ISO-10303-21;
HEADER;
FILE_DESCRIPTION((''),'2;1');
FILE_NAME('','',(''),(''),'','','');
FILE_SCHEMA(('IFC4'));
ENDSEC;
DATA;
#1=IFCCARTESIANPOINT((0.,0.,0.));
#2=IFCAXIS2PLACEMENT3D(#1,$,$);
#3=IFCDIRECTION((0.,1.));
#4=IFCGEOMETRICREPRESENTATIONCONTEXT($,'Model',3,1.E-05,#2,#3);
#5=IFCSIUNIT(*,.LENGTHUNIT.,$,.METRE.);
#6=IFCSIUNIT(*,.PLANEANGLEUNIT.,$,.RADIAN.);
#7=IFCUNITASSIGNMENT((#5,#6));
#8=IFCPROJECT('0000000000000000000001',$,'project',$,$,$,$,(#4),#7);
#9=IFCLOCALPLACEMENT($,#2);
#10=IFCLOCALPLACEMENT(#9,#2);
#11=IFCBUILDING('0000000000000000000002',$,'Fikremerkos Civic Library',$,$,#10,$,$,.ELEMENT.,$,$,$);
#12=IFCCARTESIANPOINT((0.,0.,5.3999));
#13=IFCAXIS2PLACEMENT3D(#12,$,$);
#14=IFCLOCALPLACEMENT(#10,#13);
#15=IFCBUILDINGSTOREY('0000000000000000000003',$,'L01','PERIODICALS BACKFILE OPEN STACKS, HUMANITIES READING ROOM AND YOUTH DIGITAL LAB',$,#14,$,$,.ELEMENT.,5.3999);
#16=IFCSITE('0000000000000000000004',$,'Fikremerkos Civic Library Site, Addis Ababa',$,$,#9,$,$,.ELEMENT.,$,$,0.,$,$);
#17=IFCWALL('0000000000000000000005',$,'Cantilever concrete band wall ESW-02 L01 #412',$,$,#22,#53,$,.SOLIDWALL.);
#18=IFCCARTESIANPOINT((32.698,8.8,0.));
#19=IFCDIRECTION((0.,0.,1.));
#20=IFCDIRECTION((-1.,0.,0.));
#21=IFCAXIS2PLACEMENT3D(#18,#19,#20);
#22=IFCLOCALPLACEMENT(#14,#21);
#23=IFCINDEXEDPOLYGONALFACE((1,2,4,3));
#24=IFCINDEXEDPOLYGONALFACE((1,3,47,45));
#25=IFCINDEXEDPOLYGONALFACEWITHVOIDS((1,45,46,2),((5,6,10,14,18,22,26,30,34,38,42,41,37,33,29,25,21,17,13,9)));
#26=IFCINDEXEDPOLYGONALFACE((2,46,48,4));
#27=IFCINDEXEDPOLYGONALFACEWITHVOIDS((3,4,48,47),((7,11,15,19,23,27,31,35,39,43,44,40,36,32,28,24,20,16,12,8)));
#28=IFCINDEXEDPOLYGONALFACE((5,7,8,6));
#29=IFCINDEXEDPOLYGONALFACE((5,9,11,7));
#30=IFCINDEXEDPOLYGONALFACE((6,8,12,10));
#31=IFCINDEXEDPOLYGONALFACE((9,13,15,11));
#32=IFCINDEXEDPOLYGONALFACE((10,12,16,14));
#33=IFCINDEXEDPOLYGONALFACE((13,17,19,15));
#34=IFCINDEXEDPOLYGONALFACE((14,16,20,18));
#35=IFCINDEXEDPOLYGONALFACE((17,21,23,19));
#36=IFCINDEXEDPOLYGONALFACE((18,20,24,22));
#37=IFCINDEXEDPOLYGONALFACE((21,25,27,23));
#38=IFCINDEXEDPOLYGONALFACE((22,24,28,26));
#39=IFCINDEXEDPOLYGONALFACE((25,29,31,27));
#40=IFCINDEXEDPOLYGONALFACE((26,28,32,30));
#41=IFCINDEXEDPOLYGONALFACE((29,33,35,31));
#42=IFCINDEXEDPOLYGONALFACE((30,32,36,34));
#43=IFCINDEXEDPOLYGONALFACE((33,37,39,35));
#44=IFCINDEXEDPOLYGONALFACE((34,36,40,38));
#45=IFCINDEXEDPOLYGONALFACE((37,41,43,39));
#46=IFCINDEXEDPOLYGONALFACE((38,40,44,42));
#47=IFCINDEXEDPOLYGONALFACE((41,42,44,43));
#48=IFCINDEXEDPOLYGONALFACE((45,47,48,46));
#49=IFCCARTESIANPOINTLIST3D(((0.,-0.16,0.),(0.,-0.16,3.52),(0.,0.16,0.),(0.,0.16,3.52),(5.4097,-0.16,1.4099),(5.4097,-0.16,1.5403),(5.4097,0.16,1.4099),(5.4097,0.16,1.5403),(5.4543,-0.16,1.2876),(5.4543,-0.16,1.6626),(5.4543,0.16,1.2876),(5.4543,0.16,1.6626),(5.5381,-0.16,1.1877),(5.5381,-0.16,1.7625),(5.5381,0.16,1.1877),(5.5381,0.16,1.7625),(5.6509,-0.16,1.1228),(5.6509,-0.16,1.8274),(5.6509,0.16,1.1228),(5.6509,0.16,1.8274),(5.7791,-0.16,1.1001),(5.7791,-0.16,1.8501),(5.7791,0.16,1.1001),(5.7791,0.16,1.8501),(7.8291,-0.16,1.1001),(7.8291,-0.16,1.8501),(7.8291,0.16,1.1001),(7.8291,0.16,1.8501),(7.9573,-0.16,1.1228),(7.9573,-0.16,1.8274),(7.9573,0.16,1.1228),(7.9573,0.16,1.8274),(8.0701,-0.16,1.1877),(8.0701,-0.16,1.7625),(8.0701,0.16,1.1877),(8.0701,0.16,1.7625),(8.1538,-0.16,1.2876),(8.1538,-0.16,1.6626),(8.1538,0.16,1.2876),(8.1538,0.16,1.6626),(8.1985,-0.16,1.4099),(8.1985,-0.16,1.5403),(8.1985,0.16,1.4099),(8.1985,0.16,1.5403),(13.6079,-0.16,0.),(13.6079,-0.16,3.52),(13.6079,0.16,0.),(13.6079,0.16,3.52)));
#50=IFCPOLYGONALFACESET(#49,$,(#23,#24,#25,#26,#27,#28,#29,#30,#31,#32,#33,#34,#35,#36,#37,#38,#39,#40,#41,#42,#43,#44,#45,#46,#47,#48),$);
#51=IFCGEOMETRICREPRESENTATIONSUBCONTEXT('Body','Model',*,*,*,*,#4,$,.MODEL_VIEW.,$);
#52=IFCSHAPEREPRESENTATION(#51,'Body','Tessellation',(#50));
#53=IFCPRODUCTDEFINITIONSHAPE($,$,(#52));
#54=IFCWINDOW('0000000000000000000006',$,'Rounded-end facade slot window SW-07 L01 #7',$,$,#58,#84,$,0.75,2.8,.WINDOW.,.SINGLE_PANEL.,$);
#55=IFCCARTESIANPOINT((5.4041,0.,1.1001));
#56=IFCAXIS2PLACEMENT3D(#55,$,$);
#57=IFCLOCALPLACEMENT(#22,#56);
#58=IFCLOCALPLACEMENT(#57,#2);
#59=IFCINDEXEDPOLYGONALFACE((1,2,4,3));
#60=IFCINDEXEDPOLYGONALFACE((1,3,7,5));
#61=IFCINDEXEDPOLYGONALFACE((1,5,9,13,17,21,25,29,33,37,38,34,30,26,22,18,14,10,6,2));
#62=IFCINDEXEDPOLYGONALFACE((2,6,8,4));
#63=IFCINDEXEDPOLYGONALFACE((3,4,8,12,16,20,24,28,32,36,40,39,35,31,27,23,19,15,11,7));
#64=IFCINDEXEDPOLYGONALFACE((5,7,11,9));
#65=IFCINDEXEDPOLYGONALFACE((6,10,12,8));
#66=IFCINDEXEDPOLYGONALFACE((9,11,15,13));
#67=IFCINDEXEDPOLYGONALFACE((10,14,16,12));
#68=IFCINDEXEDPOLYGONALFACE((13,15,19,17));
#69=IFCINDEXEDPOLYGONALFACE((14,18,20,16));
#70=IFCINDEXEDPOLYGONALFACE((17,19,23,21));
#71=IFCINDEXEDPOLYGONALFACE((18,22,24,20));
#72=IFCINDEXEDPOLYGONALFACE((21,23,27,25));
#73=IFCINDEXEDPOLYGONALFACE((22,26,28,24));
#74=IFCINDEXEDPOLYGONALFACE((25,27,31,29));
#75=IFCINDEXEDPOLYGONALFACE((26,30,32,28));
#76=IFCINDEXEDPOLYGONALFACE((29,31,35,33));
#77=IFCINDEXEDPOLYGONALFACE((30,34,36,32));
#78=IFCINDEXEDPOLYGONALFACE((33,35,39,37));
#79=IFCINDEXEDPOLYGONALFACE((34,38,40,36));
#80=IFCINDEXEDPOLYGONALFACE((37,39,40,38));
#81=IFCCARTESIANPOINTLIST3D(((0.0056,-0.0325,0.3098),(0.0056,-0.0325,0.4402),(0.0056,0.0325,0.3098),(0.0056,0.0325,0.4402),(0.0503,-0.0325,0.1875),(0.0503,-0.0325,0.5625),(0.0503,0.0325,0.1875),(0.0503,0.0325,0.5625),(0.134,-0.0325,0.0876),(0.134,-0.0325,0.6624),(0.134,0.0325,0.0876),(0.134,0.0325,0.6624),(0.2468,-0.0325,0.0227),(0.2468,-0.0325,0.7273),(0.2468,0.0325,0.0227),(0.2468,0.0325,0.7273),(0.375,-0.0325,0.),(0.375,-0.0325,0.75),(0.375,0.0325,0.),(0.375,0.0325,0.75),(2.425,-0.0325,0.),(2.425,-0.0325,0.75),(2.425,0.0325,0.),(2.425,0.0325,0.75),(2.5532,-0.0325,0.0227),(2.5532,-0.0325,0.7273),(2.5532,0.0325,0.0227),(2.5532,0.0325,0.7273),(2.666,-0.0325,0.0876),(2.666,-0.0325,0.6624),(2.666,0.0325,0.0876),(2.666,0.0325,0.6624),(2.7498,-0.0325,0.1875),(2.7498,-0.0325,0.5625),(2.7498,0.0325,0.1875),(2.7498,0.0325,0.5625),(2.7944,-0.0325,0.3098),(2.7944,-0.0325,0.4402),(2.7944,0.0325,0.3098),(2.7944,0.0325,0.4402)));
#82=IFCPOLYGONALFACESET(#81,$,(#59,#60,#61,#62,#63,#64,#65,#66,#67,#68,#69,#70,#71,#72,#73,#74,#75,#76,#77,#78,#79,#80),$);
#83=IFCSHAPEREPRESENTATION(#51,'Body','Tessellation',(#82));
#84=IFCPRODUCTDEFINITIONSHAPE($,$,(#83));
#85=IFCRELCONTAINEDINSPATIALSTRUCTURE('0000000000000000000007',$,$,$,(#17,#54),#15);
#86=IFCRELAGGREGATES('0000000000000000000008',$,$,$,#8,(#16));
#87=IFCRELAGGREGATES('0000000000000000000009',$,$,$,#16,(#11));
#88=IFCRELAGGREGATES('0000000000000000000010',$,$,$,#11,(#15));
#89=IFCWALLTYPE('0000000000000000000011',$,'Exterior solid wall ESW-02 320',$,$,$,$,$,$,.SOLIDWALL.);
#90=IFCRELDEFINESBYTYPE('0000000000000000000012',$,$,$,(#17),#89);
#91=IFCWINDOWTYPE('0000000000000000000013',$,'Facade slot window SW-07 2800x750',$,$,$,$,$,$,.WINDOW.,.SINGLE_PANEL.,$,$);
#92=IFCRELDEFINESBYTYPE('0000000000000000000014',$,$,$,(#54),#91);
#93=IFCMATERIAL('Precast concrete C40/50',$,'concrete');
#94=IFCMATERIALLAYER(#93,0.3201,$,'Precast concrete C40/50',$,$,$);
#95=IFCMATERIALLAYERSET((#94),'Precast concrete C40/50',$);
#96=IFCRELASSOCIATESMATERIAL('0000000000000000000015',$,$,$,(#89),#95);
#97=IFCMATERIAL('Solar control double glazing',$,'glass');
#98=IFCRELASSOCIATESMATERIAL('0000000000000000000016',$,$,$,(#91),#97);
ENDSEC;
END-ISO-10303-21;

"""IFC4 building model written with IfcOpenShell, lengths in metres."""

from ifc_helpers import new_model, si_unit, direction, frame, frame_2d, origin, place, context, subcontext, project, spatial, polyline, rectangle, outline, extrude, material, layer, layer_set, type_object, element, fill, save


model = new_model("IFC4")

# Units and contexts
model_context = context("Model", 3, precision=1e-05, world=origin(), true_north=direction((0.0, 1.0)))
body_context = subcontext(model_context, "Body", "Model", "MODEL_VIEW")
ifc_project = project(units=[si_unit("LENGTHUNIT", "METRE"), si_unit("PLANEANGLEUNIT", "RADIAN")], contexts=[model_context])

# Site, building, storey
site_placement = place(None, origin())
site = spatial("IfcSite", under=ifc_project, at=site_placement, Name="Fikremerkos Civic Library Site, Addis Ababa", CompositionType="ELEMENT", RefElevation=0.0)
building_placement = place(site_placement, origin())
building = spatial("IfcBuilding", under=site, at=building_placement, Name="Fikremerkos Civic Library", CompositionType="ELEMENT")
storey_placement = place(building_placement, frame((0.0, 0.0, 5.3999)))
storey = spatial("IfcBuildingStorey", under=building, at=storey_placement, Name="L01", Description="PERIODICALS BACKFILE OPEN STACKS, HUMANITIES READING ROOM AND YOUTH DIGITAL LAB", CompositionType="ELEMENT", Elevation=5.3999)

# Wall, opening, window
ifc_material_1 = material(Name="Precast concrete C40/50", Category="concrete")
ifc_layer_1 = layer(ifc_material_1, 0.3201, Name="Precast concrete C40/50")
ifc_layer_set_1 = layer_set([ifc_layer_1], Name="Precast concrete C40/50")
wall_type_1 = type_object("IfcWallType", Name="Exterior solid wall ESW-02 320", PredefinedType="SOLIDWALL", material=ifc_layer_set_1)
wall_1_placement = place(storey_placement, frame((32.698, 8.8, 0.0), z_axis=(0.0, 0.0, 1.0), x_axis=(-1.0, 0.0, 0.0)))
wall_1 = element("IfcWall", 1, at=wall_1_placement, inside=storey, type_object=wall_type_1, Name="Cantilever concrete band wall ESW-02 L01 #412", PredefinedType="SOLIDWALL", context=body_context, shape_type="SweptSolid", body=[
    extrude(rectangle(XDim=13.6079, YDim=0.3201, at=frame_2d((6.804, 0.0))), origin(), (0.0, 0.0, 1.0), 3.52),
])
opening_1_placement = place(wall_1_placement, frame((5.4041, 0.0, 1.1001)))
opening_1 = element("IfcOpeningElement", 2, at=opening_1_placement, cuts=wall_1, PredefinedType="OPENING", context=body_context, shape_type="SweptSolid", body=[
    extrude(outline(polyline([(0.375, 0.75), (0.2468, 0.7273), (0.134, 0.6624), (0.0503, 0.5625), (0.0056, 0.4402), (0.0056, 0.3098), (0.0503, 0.1875), (0.134, 0.0876), (0.2468, 0.0227), (0.375, 0.0), (2.425, 0.0), (2.5532, 0.0227), (2.666, 0.0876), (2.7498, 0.1875), (2.7944, 0.3098), (2.7944, 0.4402), (2.7498, 0.5625), (2.666, 0.6624), (2.5532, 0.7273), (2.425, 0.75), (0.375, 0.75)])), frame((0.0, 0.1699, 0.0), z_axis=(0.0, -1.0, 0.0), x_axis=(1.0, 0.0, 0.0)), (0.0, 0.0, 1.0), 0.3401),
])
ifc_material_2 = material(Name="Solar control double glazing", Category="glass")
window_type = type_object("IfcWindowType", Name="Facade slot window SW-07 2800x750", PartitioningType="SINGLE_PANEL", PredefinedType="WINDOW", material=ifc_material_2)
window_placement = place(opening_1_placement, origin())
window = element("IfcWindow", 3, at=window_placement, inside=storey, type_object=window_type, Name="Rounded-end facade slot window SW-07 L01 #7", OverallHeight=0.75, OverallWidth=2.8, PartitioningType="SINGLE_PANEL", PredefinedType="WINDOW", context=body_context, shape_type="SweptSolid", body=[
    extrude(outline(polyline([(0.375, 0.75), (0.2468, 0.7273), (0.134, 0.6624), (0.0503, 0.5625), (0.0056, 0.4402), (0.0056, 0.3098), (0.0503, 0.1875), (0.134, 0.0876), (0.2468, 0.0227), (0.375, 0.0), (2.425, 0.0), (2.5532, 0.0227), (2.666, 0.0876), (2.7498, 0.1875), (2.7944, 0.3098), (2.7944, 0.4402), (2.7498, 0.5625), (2.666, 0.6624), (2.5532, 0.7273), (2.425, 0.75), (0.375, 0.75)])), frame((0.0, 0.0325, 0.0), z_axis=(0.0, -1.0, 0.0), x_axis=(1.0, 0.0, 0.0)), (0.0, 0.0, 1.0), 0.0649),
])
fill(opening_1, window)

save(model, "model.ifc")
